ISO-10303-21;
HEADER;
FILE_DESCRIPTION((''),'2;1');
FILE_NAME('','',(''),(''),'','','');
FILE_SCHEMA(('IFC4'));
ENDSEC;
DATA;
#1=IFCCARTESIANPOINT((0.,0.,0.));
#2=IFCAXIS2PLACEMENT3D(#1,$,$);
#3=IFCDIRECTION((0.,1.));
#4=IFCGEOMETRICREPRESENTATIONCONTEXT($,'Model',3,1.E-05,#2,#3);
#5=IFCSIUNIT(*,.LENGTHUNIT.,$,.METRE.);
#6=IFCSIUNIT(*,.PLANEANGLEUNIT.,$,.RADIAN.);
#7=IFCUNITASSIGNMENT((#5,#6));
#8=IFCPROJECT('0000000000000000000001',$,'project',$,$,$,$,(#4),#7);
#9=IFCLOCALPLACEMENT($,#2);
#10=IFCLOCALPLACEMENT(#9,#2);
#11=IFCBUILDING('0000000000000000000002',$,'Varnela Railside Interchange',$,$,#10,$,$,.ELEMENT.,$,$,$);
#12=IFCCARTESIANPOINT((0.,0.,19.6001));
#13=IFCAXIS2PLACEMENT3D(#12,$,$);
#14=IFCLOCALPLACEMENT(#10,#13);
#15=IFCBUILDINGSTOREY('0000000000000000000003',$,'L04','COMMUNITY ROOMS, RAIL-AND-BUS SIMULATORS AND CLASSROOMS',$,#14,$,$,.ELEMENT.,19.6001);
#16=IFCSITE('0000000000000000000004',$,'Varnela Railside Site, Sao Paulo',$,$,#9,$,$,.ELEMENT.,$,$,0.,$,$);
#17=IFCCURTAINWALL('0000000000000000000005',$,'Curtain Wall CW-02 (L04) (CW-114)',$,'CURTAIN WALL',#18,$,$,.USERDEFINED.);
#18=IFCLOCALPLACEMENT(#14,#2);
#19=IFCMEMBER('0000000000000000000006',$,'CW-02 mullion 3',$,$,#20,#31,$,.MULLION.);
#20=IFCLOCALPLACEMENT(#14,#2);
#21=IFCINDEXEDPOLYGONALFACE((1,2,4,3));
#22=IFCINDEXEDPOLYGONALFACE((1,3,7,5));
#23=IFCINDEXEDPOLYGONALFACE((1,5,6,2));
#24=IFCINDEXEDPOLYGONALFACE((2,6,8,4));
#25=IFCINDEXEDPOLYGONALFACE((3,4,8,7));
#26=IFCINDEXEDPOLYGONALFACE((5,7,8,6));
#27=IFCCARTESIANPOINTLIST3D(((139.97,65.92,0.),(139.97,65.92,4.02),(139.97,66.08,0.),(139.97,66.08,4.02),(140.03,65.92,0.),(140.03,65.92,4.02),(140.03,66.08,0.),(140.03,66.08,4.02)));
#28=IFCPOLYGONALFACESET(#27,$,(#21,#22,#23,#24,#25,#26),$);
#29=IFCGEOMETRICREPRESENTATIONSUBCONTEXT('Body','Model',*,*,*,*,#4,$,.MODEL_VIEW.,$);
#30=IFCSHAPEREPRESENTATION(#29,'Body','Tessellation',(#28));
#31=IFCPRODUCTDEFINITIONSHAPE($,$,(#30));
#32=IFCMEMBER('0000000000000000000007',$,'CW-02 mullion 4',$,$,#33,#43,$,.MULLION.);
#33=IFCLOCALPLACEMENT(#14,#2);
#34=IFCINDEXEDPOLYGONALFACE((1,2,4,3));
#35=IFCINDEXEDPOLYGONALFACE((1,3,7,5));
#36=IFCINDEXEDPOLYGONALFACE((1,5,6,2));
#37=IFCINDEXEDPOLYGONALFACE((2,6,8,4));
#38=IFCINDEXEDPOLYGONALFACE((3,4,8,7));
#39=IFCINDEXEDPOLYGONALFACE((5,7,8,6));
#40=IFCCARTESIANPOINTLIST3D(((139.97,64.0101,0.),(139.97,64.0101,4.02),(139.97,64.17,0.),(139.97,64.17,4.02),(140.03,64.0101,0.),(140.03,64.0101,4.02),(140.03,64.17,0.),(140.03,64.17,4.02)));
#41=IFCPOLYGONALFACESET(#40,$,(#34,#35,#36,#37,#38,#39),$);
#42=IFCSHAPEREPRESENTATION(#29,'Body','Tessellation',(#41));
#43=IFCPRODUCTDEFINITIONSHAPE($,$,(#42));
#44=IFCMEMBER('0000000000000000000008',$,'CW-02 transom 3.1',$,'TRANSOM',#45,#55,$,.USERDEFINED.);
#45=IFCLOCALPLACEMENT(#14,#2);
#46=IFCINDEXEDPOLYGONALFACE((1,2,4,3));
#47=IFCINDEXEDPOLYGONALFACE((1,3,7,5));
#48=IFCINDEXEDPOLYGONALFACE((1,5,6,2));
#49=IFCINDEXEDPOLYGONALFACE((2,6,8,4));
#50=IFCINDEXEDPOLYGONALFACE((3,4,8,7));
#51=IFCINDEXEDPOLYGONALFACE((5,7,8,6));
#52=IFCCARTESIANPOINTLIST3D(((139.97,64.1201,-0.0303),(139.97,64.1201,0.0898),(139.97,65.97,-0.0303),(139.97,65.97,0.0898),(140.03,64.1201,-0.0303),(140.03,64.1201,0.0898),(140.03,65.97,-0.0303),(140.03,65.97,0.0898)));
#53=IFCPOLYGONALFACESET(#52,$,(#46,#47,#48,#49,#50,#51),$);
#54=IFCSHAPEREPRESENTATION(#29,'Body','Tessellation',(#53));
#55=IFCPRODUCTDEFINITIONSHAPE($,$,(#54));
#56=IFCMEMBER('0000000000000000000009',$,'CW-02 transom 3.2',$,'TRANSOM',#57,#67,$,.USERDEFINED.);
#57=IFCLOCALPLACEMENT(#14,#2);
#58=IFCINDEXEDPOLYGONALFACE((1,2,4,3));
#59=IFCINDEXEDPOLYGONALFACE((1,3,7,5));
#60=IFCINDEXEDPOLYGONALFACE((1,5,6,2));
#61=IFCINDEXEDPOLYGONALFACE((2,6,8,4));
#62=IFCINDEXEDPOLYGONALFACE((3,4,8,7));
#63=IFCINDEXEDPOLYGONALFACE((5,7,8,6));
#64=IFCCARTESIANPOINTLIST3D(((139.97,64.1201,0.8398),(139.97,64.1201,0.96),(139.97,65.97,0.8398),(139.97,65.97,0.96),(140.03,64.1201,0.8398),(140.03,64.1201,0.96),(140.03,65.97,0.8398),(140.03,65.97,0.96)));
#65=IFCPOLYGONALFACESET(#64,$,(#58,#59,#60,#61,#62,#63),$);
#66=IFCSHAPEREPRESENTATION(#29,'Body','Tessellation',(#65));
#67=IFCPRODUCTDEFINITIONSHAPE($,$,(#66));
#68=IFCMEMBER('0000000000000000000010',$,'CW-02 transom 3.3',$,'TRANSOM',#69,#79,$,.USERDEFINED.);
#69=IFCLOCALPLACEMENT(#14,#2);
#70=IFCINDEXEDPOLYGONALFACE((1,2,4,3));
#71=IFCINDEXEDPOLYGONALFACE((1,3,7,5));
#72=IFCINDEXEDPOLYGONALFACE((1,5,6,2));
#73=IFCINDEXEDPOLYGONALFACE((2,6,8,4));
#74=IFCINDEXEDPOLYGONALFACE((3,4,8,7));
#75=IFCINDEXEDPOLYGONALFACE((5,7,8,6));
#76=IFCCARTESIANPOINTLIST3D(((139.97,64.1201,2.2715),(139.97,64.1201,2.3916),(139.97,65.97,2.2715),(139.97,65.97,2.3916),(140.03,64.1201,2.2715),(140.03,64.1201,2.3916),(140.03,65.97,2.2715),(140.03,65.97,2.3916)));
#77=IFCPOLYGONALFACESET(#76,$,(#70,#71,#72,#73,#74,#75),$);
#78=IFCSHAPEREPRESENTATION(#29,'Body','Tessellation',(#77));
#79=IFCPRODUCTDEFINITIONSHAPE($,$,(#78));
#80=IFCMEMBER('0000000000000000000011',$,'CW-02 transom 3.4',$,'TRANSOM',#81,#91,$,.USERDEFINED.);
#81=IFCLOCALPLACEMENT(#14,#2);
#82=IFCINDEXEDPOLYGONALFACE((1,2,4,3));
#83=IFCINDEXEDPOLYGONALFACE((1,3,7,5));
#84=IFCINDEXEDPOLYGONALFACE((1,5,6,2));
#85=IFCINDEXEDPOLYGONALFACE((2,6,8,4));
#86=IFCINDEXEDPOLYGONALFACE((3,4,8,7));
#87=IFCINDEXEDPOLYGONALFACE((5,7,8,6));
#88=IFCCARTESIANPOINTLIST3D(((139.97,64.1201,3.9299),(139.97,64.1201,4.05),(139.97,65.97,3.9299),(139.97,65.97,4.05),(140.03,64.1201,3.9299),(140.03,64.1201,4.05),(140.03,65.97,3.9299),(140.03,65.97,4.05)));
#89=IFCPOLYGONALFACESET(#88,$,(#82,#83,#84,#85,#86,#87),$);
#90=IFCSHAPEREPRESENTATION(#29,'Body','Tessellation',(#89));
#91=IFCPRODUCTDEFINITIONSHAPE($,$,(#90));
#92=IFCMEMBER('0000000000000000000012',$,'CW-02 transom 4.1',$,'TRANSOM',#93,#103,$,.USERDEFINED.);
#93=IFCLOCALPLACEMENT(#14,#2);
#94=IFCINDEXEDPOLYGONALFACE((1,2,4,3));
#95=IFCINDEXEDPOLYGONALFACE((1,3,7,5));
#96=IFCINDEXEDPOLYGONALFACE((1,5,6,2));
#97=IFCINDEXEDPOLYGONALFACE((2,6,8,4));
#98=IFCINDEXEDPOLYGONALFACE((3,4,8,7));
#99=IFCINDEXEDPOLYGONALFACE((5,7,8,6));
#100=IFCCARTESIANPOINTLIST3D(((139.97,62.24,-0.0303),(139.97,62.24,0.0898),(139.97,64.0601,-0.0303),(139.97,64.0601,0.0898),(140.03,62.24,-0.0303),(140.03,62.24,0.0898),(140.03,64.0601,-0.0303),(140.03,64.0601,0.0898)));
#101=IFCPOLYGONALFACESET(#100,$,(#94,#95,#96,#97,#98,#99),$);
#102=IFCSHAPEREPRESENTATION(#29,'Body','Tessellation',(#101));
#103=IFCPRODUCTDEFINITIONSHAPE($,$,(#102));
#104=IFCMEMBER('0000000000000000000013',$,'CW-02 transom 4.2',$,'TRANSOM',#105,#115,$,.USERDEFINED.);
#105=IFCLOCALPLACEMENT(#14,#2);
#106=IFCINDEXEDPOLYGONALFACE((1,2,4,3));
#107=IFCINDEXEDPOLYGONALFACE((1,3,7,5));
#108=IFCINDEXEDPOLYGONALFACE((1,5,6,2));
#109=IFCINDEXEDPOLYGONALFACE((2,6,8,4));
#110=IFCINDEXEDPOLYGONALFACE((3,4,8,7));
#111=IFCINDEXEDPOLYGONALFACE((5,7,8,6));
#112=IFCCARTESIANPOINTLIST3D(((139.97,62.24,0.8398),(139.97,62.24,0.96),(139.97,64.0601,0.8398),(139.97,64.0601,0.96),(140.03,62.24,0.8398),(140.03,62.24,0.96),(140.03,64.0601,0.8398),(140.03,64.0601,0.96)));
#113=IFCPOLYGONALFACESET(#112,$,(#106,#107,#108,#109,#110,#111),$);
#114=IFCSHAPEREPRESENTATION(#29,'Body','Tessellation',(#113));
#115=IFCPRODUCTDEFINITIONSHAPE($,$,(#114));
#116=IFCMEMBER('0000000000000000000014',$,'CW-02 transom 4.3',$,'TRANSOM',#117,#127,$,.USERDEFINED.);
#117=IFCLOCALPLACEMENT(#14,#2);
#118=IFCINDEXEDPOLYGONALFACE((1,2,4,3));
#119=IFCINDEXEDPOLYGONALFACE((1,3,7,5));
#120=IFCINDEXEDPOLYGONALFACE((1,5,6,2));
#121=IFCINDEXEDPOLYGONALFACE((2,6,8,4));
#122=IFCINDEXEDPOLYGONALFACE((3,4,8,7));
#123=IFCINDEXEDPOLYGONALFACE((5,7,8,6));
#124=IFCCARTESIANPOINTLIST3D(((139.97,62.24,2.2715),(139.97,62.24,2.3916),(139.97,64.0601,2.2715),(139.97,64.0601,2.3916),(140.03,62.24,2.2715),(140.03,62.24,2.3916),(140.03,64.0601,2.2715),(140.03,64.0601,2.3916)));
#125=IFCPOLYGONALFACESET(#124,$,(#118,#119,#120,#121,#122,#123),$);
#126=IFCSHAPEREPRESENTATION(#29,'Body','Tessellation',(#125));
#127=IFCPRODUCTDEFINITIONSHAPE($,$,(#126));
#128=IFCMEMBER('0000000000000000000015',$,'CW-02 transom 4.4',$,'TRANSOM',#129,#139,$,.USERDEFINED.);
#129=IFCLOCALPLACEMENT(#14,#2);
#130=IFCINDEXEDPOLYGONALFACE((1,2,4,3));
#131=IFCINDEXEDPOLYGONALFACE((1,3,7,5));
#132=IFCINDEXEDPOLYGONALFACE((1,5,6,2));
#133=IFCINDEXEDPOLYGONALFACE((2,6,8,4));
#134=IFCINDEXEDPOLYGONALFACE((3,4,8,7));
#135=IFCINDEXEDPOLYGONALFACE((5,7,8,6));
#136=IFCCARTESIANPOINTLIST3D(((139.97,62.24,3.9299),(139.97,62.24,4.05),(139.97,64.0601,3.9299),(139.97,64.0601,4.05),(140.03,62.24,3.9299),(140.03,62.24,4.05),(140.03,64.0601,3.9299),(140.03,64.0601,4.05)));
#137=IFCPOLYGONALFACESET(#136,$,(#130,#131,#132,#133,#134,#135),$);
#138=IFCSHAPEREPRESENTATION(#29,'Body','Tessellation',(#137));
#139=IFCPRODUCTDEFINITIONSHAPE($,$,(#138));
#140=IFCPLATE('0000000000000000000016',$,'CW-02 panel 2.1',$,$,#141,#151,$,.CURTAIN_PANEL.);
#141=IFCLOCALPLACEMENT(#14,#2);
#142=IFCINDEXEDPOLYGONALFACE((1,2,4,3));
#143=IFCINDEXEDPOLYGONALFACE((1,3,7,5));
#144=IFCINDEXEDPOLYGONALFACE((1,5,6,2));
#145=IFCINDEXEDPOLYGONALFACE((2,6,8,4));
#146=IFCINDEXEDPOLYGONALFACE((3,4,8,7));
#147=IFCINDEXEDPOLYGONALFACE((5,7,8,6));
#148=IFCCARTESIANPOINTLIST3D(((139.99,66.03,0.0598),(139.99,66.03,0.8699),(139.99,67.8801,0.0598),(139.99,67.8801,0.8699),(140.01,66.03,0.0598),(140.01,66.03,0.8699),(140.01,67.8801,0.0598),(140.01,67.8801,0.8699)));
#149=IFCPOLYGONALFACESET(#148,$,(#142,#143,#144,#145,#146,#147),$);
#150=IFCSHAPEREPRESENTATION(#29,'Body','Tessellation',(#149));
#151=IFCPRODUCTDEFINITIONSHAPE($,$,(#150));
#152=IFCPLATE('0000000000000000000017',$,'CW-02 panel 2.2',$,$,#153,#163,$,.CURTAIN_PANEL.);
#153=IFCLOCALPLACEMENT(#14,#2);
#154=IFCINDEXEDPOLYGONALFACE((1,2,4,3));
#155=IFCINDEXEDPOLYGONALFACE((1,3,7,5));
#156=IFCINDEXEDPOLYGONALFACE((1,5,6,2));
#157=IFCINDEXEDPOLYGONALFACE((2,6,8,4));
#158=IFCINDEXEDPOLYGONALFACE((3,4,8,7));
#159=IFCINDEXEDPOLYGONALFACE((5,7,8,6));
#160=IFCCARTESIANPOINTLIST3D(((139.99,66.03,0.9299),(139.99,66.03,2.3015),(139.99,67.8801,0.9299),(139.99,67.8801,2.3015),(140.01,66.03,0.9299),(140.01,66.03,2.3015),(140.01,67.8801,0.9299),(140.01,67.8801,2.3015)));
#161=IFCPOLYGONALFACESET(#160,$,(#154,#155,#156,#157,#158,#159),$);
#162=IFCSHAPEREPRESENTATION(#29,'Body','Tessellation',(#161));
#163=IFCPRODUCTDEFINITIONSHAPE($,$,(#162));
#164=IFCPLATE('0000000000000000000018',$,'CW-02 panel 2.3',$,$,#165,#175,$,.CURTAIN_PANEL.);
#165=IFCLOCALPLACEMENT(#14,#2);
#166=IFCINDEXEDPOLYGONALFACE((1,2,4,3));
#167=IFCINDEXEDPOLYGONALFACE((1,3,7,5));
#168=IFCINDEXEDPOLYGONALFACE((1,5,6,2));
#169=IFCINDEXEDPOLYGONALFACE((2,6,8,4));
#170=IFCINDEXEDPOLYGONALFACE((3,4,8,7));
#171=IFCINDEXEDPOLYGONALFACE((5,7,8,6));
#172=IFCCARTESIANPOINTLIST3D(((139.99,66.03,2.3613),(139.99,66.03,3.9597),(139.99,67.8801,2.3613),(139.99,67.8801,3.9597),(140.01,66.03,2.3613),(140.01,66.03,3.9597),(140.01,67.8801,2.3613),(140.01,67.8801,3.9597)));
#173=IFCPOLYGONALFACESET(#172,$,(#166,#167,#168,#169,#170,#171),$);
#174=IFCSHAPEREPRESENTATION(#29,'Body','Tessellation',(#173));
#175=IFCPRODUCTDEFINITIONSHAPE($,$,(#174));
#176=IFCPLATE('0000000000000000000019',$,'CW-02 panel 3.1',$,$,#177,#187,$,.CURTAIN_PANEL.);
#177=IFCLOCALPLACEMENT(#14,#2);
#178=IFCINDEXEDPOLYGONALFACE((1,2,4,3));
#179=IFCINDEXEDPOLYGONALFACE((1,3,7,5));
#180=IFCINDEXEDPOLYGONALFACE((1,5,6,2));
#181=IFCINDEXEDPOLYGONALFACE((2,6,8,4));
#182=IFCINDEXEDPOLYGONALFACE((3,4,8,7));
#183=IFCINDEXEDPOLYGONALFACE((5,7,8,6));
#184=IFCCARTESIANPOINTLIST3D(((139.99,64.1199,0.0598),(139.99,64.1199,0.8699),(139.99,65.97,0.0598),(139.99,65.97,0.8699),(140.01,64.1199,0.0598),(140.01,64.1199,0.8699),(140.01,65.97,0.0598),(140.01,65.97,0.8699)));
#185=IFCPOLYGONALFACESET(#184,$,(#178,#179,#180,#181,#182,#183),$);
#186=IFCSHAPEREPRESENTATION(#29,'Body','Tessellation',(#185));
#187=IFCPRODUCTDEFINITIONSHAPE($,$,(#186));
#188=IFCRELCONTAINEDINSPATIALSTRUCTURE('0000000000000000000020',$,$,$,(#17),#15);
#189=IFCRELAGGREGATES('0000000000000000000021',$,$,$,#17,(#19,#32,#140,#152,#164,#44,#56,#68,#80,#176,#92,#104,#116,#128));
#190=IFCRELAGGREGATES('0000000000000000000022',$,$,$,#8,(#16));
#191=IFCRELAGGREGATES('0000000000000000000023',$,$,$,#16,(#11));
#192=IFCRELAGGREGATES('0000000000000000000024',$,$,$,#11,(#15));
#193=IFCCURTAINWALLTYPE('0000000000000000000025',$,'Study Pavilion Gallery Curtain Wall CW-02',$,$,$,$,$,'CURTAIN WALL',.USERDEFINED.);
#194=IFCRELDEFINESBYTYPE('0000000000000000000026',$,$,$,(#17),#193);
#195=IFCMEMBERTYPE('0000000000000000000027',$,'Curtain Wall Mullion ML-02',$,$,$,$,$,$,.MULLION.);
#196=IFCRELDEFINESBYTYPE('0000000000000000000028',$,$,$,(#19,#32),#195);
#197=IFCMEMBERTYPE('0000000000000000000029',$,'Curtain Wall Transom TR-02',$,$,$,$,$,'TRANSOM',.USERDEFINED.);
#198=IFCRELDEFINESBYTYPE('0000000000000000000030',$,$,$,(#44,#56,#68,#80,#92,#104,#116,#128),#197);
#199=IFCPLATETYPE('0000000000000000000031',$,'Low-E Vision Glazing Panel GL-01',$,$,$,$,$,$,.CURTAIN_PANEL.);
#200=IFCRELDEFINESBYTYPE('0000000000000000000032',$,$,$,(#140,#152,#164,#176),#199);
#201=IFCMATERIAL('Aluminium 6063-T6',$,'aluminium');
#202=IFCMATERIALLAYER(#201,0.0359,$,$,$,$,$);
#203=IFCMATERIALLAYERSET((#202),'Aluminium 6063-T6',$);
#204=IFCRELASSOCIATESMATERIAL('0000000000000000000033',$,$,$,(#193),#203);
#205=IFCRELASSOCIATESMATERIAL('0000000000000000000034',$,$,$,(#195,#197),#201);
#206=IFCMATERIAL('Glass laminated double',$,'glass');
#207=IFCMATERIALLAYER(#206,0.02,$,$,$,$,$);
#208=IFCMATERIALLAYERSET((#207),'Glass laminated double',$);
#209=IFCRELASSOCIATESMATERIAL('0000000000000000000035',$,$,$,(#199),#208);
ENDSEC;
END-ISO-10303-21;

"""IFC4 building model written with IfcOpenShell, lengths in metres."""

from ifc_helpers import new_model, si_unit, direction, frame, origin, origin_2d, place, context, subcontext, project, spatial, rectangle, extrude, material, layer, layer_set, material_profile, profile_set, type_object, element, aggregate, save


model = new_model("IFC4")

# Units and contexts
model_context = context("Model", 3, precision=1e-05, world=origin(), true_north=direction((0.0, 1.0)))
body_context = subcontext(model_context, "Body", "Model", "MODEL_VIEW")
ifc_project = project(units=[si_unit("LENGTHUNIT", "METRE"), si_unit("PLANEANGLEUNIT", "RADIAN")], contexts=[model_context])

# Site, building, storey
site_placement = place(None, origin())
site = spatial("IfcSite", under=ifc_project, at=site_placement, Name="Varnela Railside Site, Sao Paulo", CompositionType="ELEMENT", RefElevation=0.0)
building_placement = place(site_placement, origin())
building = spatial("IfcBuilding", under=site, at=building_placement, Name="Varnela Railside Interchange", CompositionType="ELEMENT")
storey_placement = place(building_placement, frame((0.0, 0.0, 19.6001)))
storey = spatial("IfcBuildingStorey", under=building, at=storey_placement, Name="L04", Description="COMMUNITY ROOMS, RAIL-AND-BUS SIMULATORS AND CLASSROOMS", CompositionType="ELEMENT", Elevation=19.6001)

# Curtain wall, members, plates
ifc_material_1 = material(Name="Aluminium 6063-T6", Category="aluminium")
ifc_layer_1 = layer(ifc_material_1, 0.0359)
ifc_layer_set_1 = layer_set([ifc_layer_1], Name="Aluminium 6063-T6")
curtain_wall_type = type_object("IfcCurtainWallType", Name="Study Pavilion Gallery Curtain Wall CW-02", ElementType="CURTAIN WALL", PredefinedType="USERDEFINED", material=ifc_layer_set_1)
curtain_wall_placement = place(storey_placement, origin())
curtain_wall = element("IfcCurtainWall", 1, at=curtain_wall_placement, inside=storey, type_object=curtain_wall_type, Name="Curtain Wall CW-02 (L04) (CW-114)", ObjectType="CURTAIN WALL", PredefinedType="USERDEFINED")
ifc_material_profile_1 = material_profile(ifc_material_1, rectangle(XDim=0.0601, YDim=0.1599, at=origin_2d()), Name="ALU 60x160")
ifc_profile_set_1 = profile_set([ifc_material_profile_1], Name="Aluminium 6063-T6")
member_type_1 = type_object("IfcMemberType", Name="Curtain Wall Mullion ML-02", PredefinedType="MULLION", material=ifc_profile_set_1)
member_1_placement = place(storey_placement, frame((140.0, 66.0, 0.0), z_axis=(0.0, 0.0, 1.0), x_axis=(1.0, 0.0, 0.0)))
member_1 = element("IfcMember", 2, at=member_1_placement, type_object=member_type_1, Name="CW-02 mullion 3", PredefinedType="MULLION", context=body_context, shape_type="SweptSolid", body=[
    extrude(rectangle(XDim=0.0601, YDim=0.1599, at=origin_2d()), origin(), (0.0, 0.0, 1.0), 4.02),
])
member_2_placement = place(storey_placement, frame((140.0, 64.0901, 0.0), z_axis=(0.0, 0.0, 1.0), x_axis=(1.0, 0.0, 0.0)))
member_2 = element("IfcMember", 3, at=member_2_placement, type_object=member_type_1, Name="CW-02 mullion 4", PredefinedType="MULLION", context=body_context, shape_type="SweptSolid", body=[
    extrude(rectangle(XDim=0.0601, YDim=0.1599, at=origin_2d()), origin(), (0.0, 0.0, 1.0), 4.02),
])
ifc_material_profile_2 = material_profile(ifc_material_1, rectangle(XDim=0.0601, YDim=0.1201, at=origin_2d()), Name="ALU 60x120")
ifc_profile_set_2 = profile_set([ifc_material_profile_2], Name="Aluminium 6063-T6")
member_type_2 = type_object("IfcMemberType", Name="Curtain Wall Transom TR-02", ElementType="TRANSOM", PredefinedType="USERDEFINED", material=ifc_profile_set_2)
member_3_placement = place(storey_placement, frame((140.0, 65.97, 0.0298), z_axis=(0.0, -1.0, 0.0), x_axis=(1.0, 0.0, 0.0)))
member_3 = element("IfcMember", 4, at=member_3_placement, type_object=member_type_2, Name="CW-02 transom 3.1", ObjectType="TRANSOM", PredefinedType="USERDEFINED", context=body_context, shape_type="SweptSolid", body=[
    extrude(rectangle(XDim=0.0601, YDim=0.1201, at=origin_2d()), origin(), (0.0, 0.0, 1.0), 1.8499),
])
member_4_placement = place(storey_placement, frame((140.0, 65.97, 0.8999), z_axis=(0.0, -1.0, 0.0), x_axis=(1.0, 0.0, 0.0)))
member_4 = element("IfcMember", 5, at=member_4_placement, type_object=member_type_2, Name="CW-02 transom 3.2", ObjectType="TRANSOM", PredefinedType="USERDEFINED", context=body_context, shape_type="SweptSolid", body=[
    extrude(rectangle(XDim=0.0601, YDim=0.1201, at=origin_2d()), origin(), (0.0, 0.0, 1.0), 1.8499),
])
member_5_placement = place(storey_placement, frame((140.0, 65.97, 2.3315), z_axis=(0.0, -1.0, 0.0), x_axis=(1.0, 0.0, 0.0)))
member_5 = element("IfcMember", 6, at=member_5_placement, type_object=member_type_2, Name="CW-02 transom 3.3", ObjectType="TRANSOM", PredefinedType="USERDEFINED", context=body_context, shape_type="SweptSolid", body=[
    extrude(rectangle(XDim=0.0601, YDim=0.1201, at=origin_2d()), origin(), (0.0, 0.0, 1.0), 1.8499),
])
member_6_placement = place(storey_placement, frame((140.0, 65.97, 3.99), z_axis=(0.0, -1.0, 0.0), x_axis=(1.0, 0.0, 0.0)))
member_6 = element("IfcMember", 7, at=member_6_placement, type_object=member_type_2, Name="CW-02 transom 3.4", ObjectType="TRANSOM", PredefinedType="USERDEFINED", context=body_context, shape_type="SweptSolid", body=[
    extrude(rectangle(XDim=0.0601, YDim=0.1201, at=origin_2d()), origin(), (0.0, 0.0, 1.0), 1.8499),
])
member_7_placement = place(storey_placement, frame((140.0, 64.0601, 0.0298), z_axis=(0.0, -1.0, 0.0), x_axis=(1.0, 0.0, 0.0)))
member_7 = element("IfcMember", 8, at=member_7_placement, type_object=member_type_2, Name="CW-02 transom 4.1", ObjectType="TRANSOM", PredefinedType="USERDEFINED", context=body_context, shape_type="SweptSolid", body=[
    extrude(rectangle(XDim=0.0601, YDim=0.1201, at=origin_2d()), origin(), (0.0, 0.0, 1.0), 1.8201),
])
member_8_placement = place(storey_placement, frame((140.0, 64.0601, 0.8999), z_axis=(0.0, -1.0, 0.0), x_axis=(1.0, 0.0, 0.0)))
member_8 = element("IfcMember", 9, at=member_8_placement, type_object=member_type_2, Name="CW-02 transom 4.2", ObjectType="TRANSOM", PredefinedType="USERDEFINED", context=body_context, shape_type="SweptSolid", body=[
    extrude(rectangle(XDim=0.0601, YDim=0.1201, at=origin_2d()), origin(), (0.0, 0.0, 1.0), 1.8201),
])
member_9_placement = place(storey_placement, frame((140.0, 64.0601, 2.3315), z_axis=(0.0, -1.0, 0.0), x_axis=(1.0, 0.0, 0.0)))
member_9 = element("IfcMember", 10, at=member_9_placement, type_object=member_type_2, Name="CW-02 transom 4.3", ObjectType="TRANSOM", PredefinedType="USERDEFINED", context=body_context, shape_type="SweptSolid", body=[
    extrude(rectangle(XDim=0.0601, YDim=0.1201, at=origin_2d()), origin(), (0.0, 0.0, 1.0), 1.8201),
])
member_10_placement = place(storey_placement, frame((140.0, 64.0601, 3.99), z_axis=(0.0, -1.0, 0.0), x_axis=(1.0, 0.0, 0.0)))
member_10 = element("IfcMember", 11, at=member_10_placement, type_object=member_type_2, Name="CW-02 transom 4.4", ObjectType="TRANSOM", PredefinedType="USERDEFINED", context=body_context, shape_type="SweptSolid", body=[
    extrude(rectangle(XDim=0.0601, YDim=0.1201, at=origin_2d()), origin(), (0.0, 0.0, 1.0), 1.8201),
])
ifc_material_2 = material(Name="Glass laminated double", Category="glass")
ifc_layer_2 = layer(ifc_material_2, 0.02)
ifc_layer_set_2 = layer_set([ifc_layer_2], Name="Glass laminated double")
plate_type = type_object("IfcPlateType", Name="Low-E Vision Glazing Panel GL-01", PredefinedType="CURTAIN_PANEL", material=ifc_layer_set_2)
plate_1_placement = place(storey_placement, frame((140.0, 66.9551, 0.0598), z_axis=(0.0, 0.0, 1.0), x_axis=(0.0, -1.0, 0.0)))
plate_1 = element("IfcPlate", 12, at=plate_1_placement, type_object=plate_type, Name="CW-02 panel 2.1", PredefinedType="CURTAIN_PANEL", context=body_context, shape_type="SweptSolid", body=[
    extrude(rectangle(XDim=1.8501, YDim=0.02, at=origin_2d()), origin(), (0.0, 0.0, 1.0), 0.8101),
])
plate_2_placement = place(storey_placement, frame((140.0, 66.9551, 0.9299), z_axis=(0.0, 0.0, 1.0), x_axis=(0.0, -1.0, 0.0)))
plate_2 = element("IfcPlate", 13, at=plate_2_placement, type_object=plate_type, Name="CW-02 panel 2.2", PredefinedType="CURTAIN_PANEL", context=body_context, shape_type="SweptSolid", body=[
    extrude(rectangle(XDim=1.8501, YDim=0.02, at=origin_2d()), origin(), (0.0, 0.0, 1.0), 1.3716),
])
plate_3_placement = place(storey_placement, frame((140.0, 66.9551, 2.3613), z_axis=(0.0, 0.0, 1.0), x_axis=(0.0, -1.0, 0.0)))
plate_3 = element("IfcPlate", 14, at=plate_3_placement, type_object=plate_type, Name="CW-02 panel 2.3", PredefinedType="CURTAIN_PANEL", context=body_context, shape_type="SweptSolid", body=[
    extrude(rectangle(XDim=1.8501, YDim=0.02, at=origin_2d()), origin(), (0.0, 0.0, 1.0), 1.5984),
])
plate_4_placement = place(storey_placement, frame((140.0, 65.0449, 0.0598), z_axis=(0.0, 0.0, 1.0), x_axis=(0.0, -1.0, 0.0)))
plate_4 = element("IfcPlate", 15, at=plate_4_placement, type_object=plate_type, Name="CW-02 panel 3.1", PredefinedType="CURTAIN_PANEL", context=body_context, shape_type="SweptSolid", body=[
    extrude(rectangle(XDim=1.8501, YDim=0.02, at=origin_2d()), origin(), (0.0, 0.0, 1.0), 0.8101),
])
aggregate(curtain_wall, [member_1, member_2, plate_1, plate_2, plate_3, member_3, member_4, member_5, member_6, plate_4, member_7, member_8, member_9, member_10])

save(model, "model.ifc")
